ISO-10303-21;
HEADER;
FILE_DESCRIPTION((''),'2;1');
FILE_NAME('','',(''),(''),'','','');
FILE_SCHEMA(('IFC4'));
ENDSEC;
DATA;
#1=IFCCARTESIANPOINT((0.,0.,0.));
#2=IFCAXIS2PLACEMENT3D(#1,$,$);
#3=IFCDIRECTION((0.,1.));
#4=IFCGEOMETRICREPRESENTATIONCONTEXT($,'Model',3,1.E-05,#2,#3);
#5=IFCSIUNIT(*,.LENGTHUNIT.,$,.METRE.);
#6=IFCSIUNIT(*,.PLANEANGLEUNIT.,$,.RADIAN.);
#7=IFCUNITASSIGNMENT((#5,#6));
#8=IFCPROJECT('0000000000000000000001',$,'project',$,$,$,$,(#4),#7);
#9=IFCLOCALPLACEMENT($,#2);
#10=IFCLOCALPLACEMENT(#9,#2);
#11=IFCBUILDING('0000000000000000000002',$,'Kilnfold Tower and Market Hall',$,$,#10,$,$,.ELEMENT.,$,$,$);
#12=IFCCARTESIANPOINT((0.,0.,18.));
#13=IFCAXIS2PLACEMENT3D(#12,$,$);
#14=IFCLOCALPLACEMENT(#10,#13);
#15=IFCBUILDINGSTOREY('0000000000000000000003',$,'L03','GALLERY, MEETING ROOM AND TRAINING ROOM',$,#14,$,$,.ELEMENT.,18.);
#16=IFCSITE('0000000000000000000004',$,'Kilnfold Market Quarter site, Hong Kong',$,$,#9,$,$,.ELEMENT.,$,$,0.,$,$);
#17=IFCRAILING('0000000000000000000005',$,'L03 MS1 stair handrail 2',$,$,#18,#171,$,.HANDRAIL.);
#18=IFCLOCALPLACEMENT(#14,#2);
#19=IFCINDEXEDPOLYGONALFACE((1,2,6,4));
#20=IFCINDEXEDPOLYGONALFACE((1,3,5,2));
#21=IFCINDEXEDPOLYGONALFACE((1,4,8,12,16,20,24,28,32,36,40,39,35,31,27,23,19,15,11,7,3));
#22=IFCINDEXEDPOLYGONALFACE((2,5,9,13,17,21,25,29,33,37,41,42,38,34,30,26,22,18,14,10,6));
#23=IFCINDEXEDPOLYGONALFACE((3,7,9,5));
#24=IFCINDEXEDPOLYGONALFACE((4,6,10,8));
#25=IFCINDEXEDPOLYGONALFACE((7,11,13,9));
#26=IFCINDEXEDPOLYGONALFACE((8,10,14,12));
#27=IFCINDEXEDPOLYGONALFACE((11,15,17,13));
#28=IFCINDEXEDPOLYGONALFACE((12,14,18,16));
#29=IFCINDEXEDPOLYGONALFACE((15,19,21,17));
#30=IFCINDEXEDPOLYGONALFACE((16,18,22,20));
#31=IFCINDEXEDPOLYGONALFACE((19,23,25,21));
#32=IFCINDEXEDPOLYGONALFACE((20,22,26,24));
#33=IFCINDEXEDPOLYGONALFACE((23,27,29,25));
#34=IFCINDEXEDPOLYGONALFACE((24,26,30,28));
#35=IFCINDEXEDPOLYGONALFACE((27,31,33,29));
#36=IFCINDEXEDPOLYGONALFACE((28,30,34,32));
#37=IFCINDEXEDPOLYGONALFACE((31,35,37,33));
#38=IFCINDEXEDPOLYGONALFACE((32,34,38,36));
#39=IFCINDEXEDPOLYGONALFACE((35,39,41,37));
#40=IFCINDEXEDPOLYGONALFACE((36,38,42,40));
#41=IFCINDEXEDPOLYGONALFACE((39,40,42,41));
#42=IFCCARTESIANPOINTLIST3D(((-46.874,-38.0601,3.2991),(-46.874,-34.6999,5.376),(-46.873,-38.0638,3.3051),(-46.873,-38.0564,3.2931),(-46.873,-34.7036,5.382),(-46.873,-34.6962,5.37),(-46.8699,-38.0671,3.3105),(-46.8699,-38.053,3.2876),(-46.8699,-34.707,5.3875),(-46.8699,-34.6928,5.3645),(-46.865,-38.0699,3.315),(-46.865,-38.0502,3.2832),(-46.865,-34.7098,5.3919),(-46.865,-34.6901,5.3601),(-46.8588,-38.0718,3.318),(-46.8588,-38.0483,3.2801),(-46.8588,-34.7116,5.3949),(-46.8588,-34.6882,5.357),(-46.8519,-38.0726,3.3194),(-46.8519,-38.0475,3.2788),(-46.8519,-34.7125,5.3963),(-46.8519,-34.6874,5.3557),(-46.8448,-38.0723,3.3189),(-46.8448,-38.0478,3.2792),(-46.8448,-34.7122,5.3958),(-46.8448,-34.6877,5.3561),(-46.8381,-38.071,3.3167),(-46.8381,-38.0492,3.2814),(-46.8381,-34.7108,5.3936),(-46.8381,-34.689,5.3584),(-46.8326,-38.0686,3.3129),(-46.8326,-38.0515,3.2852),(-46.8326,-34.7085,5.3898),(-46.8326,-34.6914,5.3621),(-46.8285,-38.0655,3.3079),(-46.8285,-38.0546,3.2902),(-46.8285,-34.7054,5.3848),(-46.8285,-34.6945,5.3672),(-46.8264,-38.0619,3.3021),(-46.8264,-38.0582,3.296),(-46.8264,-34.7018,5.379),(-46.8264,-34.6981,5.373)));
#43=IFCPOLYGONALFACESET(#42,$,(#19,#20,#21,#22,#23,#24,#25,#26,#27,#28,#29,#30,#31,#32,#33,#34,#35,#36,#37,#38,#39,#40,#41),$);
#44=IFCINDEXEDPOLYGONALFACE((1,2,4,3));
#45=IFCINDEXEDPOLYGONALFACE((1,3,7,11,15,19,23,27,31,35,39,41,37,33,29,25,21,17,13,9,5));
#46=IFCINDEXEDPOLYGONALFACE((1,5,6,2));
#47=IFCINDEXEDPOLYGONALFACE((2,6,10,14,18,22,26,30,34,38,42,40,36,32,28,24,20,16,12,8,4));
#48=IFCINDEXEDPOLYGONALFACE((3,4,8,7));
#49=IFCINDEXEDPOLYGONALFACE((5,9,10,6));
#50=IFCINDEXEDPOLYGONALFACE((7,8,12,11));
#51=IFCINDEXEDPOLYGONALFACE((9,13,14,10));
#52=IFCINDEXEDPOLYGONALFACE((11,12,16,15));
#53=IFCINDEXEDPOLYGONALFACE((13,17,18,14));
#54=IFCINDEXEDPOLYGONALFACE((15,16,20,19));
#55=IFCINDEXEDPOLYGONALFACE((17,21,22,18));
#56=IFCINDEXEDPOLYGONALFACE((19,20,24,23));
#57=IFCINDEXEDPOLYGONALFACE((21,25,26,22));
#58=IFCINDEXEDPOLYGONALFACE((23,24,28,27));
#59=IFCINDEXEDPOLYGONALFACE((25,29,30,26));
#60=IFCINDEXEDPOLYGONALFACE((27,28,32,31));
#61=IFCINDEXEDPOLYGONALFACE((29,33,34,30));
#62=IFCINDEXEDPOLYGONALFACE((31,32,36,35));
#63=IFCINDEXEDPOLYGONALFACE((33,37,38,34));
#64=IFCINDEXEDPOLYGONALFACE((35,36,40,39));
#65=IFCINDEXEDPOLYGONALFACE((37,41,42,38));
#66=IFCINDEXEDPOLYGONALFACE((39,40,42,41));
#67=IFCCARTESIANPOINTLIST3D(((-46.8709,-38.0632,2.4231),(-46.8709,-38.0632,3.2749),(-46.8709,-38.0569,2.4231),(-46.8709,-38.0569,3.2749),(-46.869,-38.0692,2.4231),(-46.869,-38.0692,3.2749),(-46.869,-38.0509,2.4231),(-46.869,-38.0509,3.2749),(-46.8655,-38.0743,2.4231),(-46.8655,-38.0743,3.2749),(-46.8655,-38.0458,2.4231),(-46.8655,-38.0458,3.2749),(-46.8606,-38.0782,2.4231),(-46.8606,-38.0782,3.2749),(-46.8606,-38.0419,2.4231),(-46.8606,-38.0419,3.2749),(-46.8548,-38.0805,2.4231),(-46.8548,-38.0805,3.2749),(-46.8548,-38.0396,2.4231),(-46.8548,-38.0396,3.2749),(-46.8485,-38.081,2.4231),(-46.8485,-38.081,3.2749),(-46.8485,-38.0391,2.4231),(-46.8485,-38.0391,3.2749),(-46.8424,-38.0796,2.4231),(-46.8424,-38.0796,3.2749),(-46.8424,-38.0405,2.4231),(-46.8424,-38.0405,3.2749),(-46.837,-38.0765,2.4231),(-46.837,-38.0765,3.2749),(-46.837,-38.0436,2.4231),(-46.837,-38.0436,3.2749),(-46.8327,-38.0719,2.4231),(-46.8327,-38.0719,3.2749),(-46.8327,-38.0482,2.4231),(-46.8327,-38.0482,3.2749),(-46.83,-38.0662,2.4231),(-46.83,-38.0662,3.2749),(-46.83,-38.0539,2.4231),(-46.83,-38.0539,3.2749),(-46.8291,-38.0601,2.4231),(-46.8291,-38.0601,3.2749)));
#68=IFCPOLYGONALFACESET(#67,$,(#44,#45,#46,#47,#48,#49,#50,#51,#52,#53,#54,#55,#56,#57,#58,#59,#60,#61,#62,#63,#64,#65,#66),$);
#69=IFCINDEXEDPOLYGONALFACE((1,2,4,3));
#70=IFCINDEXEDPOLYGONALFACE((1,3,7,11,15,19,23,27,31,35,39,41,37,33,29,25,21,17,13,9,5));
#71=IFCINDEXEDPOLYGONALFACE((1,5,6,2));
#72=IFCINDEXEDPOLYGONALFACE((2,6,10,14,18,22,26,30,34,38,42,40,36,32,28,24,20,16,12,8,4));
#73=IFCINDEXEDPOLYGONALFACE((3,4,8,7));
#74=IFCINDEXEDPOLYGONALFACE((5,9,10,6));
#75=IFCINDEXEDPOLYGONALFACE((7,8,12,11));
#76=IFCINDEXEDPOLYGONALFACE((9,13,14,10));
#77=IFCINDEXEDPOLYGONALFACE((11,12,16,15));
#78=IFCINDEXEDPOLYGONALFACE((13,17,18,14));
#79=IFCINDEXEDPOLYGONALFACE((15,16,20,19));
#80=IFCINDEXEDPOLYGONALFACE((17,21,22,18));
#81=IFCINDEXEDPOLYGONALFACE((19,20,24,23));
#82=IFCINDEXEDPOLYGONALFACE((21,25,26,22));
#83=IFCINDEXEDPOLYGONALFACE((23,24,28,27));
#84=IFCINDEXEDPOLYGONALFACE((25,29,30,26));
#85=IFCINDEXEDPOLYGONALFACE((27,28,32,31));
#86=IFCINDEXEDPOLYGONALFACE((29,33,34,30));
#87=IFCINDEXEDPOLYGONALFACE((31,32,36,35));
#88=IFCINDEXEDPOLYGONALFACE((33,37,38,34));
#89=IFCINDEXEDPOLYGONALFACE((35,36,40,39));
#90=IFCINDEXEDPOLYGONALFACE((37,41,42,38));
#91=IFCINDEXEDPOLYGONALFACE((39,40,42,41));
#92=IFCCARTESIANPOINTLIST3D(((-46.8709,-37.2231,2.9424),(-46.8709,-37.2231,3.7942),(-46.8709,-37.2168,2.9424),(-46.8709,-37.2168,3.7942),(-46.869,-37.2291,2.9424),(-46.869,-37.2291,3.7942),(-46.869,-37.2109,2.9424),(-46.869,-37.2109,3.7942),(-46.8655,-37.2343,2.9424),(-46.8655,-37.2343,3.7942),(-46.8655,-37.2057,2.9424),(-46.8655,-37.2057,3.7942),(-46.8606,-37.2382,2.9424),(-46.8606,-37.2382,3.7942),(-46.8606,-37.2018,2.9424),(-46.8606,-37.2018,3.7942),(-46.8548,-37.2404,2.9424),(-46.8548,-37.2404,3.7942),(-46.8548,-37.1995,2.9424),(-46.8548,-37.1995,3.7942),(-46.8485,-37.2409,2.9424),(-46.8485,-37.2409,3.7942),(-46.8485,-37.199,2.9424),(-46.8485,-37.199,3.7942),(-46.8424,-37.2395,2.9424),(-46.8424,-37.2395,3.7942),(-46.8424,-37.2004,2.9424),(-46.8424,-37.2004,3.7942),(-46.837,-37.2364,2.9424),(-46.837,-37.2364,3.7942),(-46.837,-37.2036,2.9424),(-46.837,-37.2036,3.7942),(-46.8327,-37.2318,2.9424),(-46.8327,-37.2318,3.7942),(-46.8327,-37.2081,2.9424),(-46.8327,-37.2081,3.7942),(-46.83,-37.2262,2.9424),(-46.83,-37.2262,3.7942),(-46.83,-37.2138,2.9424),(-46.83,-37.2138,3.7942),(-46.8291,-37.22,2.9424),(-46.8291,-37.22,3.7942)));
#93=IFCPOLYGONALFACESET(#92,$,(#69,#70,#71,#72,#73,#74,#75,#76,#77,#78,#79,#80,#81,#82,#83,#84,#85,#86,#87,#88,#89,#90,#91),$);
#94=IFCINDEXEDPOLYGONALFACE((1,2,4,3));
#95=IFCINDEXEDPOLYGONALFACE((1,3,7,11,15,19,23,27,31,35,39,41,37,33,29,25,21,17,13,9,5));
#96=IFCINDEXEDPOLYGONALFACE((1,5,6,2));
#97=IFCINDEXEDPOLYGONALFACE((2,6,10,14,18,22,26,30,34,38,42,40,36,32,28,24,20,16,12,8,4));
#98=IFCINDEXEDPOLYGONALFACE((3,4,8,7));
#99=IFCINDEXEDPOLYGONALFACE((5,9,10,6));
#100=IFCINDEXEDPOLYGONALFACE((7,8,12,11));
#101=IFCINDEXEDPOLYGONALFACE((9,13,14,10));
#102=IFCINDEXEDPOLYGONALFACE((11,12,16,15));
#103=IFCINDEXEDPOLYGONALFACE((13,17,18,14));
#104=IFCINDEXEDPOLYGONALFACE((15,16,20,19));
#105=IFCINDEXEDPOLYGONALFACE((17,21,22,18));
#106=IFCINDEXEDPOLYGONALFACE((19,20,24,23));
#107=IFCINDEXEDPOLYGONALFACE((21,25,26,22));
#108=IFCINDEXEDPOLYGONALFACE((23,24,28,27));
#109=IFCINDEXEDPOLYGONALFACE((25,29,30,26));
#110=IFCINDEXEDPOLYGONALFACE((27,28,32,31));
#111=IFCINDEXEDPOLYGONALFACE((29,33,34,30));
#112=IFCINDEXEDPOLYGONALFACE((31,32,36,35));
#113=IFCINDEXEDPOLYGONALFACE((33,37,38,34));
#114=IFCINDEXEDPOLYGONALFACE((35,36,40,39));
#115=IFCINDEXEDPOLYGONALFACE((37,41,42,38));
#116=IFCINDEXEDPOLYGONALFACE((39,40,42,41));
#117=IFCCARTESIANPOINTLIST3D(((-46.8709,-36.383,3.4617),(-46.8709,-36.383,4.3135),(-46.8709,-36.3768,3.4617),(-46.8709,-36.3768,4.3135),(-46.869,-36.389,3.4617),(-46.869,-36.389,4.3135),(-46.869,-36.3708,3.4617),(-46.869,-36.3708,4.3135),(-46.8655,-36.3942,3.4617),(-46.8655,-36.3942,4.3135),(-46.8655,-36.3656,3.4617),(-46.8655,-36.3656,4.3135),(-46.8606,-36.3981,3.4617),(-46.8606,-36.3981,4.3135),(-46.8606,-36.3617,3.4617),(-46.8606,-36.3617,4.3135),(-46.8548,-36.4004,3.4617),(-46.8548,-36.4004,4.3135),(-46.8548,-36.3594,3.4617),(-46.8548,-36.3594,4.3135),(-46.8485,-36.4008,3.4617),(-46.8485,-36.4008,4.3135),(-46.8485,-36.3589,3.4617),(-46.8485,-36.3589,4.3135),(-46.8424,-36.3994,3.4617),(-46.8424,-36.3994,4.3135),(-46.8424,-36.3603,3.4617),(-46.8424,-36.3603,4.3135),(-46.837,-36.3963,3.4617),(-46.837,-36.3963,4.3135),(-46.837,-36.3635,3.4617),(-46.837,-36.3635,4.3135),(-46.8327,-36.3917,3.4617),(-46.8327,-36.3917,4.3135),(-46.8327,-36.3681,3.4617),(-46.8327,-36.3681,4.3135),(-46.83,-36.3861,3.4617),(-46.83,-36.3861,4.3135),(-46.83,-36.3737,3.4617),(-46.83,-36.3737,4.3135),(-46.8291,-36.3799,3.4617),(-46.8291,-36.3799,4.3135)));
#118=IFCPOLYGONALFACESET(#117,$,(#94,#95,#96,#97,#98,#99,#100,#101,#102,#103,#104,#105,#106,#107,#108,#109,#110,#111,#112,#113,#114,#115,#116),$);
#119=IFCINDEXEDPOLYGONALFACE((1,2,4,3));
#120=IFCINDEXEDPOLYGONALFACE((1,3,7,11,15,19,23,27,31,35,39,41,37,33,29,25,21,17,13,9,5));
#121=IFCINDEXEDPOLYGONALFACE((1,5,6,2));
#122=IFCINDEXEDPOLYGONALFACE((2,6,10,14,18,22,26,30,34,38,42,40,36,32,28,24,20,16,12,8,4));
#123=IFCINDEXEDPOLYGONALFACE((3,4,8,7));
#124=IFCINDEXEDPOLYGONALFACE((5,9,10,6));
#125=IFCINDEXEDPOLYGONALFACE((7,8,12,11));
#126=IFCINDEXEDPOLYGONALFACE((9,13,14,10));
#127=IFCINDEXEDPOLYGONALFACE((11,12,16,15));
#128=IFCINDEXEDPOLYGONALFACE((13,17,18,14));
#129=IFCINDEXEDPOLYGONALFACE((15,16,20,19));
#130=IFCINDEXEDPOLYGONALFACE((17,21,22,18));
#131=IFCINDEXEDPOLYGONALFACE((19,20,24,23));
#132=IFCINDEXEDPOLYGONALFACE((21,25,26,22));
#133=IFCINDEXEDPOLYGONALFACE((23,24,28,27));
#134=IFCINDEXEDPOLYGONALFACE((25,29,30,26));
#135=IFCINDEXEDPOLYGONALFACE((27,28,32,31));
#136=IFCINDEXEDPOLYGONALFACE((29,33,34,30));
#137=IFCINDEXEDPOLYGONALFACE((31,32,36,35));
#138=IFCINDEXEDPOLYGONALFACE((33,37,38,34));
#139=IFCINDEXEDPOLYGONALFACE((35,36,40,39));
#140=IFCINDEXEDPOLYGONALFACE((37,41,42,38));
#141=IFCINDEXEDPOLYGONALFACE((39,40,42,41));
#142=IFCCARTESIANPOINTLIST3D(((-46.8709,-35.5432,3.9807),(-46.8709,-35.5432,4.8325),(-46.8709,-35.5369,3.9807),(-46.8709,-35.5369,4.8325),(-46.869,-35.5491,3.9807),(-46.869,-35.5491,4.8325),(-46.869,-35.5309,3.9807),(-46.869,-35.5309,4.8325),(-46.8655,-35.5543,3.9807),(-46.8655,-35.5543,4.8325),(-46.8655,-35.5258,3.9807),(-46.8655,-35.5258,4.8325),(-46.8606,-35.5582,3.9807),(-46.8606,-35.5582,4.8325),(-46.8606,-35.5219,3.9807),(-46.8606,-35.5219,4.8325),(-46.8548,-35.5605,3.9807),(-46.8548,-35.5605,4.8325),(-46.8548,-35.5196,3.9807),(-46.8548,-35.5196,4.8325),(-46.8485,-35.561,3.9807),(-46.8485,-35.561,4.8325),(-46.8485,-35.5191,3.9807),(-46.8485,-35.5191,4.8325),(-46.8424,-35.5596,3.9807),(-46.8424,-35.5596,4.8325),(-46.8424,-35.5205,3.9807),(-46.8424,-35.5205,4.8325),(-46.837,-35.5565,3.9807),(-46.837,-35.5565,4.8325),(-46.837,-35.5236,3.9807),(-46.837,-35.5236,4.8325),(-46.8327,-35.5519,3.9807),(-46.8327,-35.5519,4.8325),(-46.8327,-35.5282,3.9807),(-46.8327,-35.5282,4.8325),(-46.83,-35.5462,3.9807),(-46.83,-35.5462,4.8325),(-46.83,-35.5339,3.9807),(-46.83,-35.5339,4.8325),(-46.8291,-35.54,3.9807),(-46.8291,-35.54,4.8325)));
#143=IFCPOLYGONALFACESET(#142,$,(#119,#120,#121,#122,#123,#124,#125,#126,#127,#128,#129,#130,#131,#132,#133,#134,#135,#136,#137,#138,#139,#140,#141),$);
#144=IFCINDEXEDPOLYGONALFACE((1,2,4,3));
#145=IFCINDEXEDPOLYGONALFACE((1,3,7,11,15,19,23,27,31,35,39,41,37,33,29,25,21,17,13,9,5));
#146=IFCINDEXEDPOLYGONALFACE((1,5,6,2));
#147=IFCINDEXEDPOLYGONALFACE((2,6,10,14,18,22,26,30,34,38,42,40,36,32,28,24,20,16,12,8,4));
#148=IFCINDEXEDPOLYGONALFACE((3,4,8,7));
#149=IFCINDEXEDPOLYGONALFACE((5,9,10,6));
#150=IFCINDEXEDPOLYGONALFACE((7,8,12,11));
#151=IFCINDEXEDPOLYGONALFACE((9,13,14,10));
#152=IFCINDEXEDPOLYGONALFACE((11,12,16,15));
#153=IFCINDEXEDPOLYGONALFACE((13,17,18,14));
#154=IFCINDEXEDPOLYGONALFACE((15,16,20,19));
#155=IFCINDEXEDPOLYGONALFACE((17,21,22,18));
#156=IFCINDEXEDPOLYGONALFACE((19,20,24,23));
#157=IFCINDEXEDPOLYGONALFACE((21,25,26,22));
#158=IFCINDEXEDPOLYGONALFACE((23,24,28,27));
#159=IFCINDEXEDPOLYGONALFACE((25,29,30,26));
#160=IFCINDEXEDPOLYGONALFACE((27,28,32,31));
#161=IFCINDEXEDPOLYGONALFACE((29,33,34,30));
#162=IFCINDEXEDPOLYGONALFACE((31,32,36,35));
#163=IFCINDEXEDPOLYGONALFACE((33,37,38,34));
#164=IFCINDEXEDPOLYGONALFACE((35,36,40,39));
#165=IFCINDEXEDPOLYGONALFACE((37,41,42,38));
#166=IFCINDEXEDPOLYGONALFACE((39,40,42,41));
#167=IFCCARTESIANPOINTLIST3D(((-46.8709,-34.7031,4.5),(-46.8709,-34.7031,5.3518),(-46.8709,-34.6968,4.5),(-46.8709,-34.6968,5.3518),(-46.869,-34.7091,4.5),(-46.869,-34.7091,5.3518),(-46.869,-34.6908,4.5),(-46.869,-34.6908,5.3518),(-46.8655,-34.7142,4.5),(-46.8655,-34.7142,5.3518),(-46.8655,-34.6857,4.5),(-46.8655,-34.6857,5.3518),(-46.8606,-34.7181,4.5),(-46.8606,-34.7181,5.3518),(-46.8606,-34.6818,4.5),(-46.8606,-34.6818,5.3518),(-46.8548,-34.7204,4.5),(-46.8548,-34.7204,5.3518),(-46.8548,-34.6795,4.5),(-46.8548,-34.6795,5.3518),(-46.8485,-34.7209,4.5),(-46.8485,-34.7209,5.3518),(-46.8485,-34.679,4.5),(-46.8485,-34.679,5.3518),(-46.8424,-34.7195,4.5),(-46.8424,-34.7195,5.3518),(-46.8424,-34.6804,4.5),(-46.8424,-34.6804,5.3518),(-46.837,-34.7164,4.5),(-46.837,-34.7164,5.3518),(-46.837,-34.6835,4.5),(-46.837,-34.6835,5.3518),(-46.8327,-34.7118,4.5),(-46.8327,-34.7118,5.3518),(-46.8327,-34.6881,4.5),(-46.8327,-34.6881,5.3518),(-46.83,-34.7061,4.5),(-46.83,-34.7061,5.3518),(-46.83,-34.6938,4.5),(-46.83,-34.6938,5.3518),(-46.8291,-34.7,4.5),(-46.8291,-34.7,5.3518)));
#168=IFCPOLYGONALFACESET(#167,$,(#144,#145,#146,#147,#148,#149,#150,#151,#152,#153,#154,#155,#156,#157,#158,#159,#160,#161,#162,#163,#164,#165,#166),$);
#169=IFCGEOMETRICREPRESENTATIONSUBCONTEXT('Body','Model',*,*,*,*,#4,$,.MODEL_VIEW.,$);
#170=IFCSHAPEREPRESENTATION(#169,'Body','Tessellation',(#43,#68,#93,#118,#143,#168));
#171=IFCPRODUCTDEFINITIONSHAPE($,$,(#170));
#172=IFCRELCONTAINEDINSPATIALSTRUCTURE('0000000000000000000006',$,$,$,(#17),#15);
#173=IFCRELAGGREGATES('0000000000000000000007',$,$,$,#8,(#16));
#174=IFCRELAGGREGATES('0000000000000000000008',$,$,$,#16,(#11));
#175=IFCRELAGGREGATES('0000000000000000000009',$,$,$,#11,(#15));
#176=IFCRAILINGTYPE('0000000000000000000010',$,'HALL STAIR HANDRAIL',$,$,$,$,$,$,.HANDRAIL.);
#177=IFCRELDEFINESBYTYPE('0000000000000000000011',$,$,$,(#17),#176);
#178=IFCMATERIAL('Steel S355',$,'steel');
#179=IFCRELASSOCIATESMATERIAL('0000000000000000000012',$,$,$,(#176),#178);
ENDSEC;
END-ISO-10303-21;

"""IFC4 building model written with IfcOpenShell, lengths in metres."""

from ifc_helpers import new_model, si_unit, direction, frame, origin, origin_2d, place, context, subcontext, project, spatial, circle, extrude, material, type_object, element, save


model = new_model("IFC4")

# Units and contexts
model_context = context("Model", 3, precision=1e-05, world=origin(), true_north=direction((0.0, 1.0)))
body_context = subcontext(model_context, "Body", "Model", "MODEL_VIEW")
ifc_project = project(units=[si_unit("LENGTHUNIT", "METRE"), si_unit("PLANEANGLEUNIT", "RADIAN")], contexts=[model_context])

# Site, building, storey
site_placement = place(None, origin())
site = spatial("IfcSite", under=ifc_project, at=site_placement, Name="Kilnfold Market Quarter site, Hong Kong", CompositionType="ELEMENT", RefElevation=0.0)
building_placement = place(site_placement, origin())
building = spatial("IfcBuilding", under=site, at=building_placement, Name="Kilnfold Tower and Market Hall", CompositionType="ELEMENT")
storey_placement = place(building_placement, frame((0.0, 0.0, 18.0)))
storey = spatial("IfcBuildingStorey", under=building, at=storey_placement, Name="L03", Description="GALLERY, MEETING ROOM AND TRAINING ROOM", CompositionType="ELEMENT", Elevation=18.0)

# Railing
ifc_material_1 = material(Name="Steel S355", Category="steel")
railing_type_1 = type_object("IfcRailingType", Name="HALL STAIR HANDRAIL", PredefinedType="HANDRAIL", material=ifc_material_1)
railing_1_placement = place(storey_placement, frame((-46.8501, -38.0601, 2.4231)))
element("IfcRailing", 1, at=railing_1_placement, inside=storey, type_object=railing_type_1, Name="L03 MS1 stair handrail 2", PredefinedType="HANDRAIL", context=body_context, shape_type="SweptSolid", body=[
    extrude(circle(Radius=0.0239, at=origin_2d()), frame((0.0, 0.0, 0.876), z_axis=(0.0, 0.850623, 0.525776), x_axis=(-1.0, 0.0, 0.0)), (0.0, 0.0, 1.0), 3.9502),
    extrude(circle(Radius=0.021, at=origin_2d()), origin(), (0.0, 0.0, 1.0), 0.8518),
    extrude(circle(Radius=0.021, at=origin_2d()), frame((0.0, 0.8401, 0.5193)), (0.0, 0.0, 1.0), 0.8518),
    extrude(circle(Radius=0.021, at=origin_2d()), frame((0.0, 1.6802, 1.0386)), (0.0, 0.0, 1.0), 0.8518),
    extrude(circle(Radius=0.021, at=origin_2d()), frame((0.0, 2.52, 1.5576)), (0.0, 0.0, 1.0), 0.8518),
    extrude(circle(Radius=0.021, at=origin_2d()), frame((0.0, 3.3601, 2.0769)), (0.0, 0.0, 1.0), 0.8518),
])

save(model, "model.ifc")
